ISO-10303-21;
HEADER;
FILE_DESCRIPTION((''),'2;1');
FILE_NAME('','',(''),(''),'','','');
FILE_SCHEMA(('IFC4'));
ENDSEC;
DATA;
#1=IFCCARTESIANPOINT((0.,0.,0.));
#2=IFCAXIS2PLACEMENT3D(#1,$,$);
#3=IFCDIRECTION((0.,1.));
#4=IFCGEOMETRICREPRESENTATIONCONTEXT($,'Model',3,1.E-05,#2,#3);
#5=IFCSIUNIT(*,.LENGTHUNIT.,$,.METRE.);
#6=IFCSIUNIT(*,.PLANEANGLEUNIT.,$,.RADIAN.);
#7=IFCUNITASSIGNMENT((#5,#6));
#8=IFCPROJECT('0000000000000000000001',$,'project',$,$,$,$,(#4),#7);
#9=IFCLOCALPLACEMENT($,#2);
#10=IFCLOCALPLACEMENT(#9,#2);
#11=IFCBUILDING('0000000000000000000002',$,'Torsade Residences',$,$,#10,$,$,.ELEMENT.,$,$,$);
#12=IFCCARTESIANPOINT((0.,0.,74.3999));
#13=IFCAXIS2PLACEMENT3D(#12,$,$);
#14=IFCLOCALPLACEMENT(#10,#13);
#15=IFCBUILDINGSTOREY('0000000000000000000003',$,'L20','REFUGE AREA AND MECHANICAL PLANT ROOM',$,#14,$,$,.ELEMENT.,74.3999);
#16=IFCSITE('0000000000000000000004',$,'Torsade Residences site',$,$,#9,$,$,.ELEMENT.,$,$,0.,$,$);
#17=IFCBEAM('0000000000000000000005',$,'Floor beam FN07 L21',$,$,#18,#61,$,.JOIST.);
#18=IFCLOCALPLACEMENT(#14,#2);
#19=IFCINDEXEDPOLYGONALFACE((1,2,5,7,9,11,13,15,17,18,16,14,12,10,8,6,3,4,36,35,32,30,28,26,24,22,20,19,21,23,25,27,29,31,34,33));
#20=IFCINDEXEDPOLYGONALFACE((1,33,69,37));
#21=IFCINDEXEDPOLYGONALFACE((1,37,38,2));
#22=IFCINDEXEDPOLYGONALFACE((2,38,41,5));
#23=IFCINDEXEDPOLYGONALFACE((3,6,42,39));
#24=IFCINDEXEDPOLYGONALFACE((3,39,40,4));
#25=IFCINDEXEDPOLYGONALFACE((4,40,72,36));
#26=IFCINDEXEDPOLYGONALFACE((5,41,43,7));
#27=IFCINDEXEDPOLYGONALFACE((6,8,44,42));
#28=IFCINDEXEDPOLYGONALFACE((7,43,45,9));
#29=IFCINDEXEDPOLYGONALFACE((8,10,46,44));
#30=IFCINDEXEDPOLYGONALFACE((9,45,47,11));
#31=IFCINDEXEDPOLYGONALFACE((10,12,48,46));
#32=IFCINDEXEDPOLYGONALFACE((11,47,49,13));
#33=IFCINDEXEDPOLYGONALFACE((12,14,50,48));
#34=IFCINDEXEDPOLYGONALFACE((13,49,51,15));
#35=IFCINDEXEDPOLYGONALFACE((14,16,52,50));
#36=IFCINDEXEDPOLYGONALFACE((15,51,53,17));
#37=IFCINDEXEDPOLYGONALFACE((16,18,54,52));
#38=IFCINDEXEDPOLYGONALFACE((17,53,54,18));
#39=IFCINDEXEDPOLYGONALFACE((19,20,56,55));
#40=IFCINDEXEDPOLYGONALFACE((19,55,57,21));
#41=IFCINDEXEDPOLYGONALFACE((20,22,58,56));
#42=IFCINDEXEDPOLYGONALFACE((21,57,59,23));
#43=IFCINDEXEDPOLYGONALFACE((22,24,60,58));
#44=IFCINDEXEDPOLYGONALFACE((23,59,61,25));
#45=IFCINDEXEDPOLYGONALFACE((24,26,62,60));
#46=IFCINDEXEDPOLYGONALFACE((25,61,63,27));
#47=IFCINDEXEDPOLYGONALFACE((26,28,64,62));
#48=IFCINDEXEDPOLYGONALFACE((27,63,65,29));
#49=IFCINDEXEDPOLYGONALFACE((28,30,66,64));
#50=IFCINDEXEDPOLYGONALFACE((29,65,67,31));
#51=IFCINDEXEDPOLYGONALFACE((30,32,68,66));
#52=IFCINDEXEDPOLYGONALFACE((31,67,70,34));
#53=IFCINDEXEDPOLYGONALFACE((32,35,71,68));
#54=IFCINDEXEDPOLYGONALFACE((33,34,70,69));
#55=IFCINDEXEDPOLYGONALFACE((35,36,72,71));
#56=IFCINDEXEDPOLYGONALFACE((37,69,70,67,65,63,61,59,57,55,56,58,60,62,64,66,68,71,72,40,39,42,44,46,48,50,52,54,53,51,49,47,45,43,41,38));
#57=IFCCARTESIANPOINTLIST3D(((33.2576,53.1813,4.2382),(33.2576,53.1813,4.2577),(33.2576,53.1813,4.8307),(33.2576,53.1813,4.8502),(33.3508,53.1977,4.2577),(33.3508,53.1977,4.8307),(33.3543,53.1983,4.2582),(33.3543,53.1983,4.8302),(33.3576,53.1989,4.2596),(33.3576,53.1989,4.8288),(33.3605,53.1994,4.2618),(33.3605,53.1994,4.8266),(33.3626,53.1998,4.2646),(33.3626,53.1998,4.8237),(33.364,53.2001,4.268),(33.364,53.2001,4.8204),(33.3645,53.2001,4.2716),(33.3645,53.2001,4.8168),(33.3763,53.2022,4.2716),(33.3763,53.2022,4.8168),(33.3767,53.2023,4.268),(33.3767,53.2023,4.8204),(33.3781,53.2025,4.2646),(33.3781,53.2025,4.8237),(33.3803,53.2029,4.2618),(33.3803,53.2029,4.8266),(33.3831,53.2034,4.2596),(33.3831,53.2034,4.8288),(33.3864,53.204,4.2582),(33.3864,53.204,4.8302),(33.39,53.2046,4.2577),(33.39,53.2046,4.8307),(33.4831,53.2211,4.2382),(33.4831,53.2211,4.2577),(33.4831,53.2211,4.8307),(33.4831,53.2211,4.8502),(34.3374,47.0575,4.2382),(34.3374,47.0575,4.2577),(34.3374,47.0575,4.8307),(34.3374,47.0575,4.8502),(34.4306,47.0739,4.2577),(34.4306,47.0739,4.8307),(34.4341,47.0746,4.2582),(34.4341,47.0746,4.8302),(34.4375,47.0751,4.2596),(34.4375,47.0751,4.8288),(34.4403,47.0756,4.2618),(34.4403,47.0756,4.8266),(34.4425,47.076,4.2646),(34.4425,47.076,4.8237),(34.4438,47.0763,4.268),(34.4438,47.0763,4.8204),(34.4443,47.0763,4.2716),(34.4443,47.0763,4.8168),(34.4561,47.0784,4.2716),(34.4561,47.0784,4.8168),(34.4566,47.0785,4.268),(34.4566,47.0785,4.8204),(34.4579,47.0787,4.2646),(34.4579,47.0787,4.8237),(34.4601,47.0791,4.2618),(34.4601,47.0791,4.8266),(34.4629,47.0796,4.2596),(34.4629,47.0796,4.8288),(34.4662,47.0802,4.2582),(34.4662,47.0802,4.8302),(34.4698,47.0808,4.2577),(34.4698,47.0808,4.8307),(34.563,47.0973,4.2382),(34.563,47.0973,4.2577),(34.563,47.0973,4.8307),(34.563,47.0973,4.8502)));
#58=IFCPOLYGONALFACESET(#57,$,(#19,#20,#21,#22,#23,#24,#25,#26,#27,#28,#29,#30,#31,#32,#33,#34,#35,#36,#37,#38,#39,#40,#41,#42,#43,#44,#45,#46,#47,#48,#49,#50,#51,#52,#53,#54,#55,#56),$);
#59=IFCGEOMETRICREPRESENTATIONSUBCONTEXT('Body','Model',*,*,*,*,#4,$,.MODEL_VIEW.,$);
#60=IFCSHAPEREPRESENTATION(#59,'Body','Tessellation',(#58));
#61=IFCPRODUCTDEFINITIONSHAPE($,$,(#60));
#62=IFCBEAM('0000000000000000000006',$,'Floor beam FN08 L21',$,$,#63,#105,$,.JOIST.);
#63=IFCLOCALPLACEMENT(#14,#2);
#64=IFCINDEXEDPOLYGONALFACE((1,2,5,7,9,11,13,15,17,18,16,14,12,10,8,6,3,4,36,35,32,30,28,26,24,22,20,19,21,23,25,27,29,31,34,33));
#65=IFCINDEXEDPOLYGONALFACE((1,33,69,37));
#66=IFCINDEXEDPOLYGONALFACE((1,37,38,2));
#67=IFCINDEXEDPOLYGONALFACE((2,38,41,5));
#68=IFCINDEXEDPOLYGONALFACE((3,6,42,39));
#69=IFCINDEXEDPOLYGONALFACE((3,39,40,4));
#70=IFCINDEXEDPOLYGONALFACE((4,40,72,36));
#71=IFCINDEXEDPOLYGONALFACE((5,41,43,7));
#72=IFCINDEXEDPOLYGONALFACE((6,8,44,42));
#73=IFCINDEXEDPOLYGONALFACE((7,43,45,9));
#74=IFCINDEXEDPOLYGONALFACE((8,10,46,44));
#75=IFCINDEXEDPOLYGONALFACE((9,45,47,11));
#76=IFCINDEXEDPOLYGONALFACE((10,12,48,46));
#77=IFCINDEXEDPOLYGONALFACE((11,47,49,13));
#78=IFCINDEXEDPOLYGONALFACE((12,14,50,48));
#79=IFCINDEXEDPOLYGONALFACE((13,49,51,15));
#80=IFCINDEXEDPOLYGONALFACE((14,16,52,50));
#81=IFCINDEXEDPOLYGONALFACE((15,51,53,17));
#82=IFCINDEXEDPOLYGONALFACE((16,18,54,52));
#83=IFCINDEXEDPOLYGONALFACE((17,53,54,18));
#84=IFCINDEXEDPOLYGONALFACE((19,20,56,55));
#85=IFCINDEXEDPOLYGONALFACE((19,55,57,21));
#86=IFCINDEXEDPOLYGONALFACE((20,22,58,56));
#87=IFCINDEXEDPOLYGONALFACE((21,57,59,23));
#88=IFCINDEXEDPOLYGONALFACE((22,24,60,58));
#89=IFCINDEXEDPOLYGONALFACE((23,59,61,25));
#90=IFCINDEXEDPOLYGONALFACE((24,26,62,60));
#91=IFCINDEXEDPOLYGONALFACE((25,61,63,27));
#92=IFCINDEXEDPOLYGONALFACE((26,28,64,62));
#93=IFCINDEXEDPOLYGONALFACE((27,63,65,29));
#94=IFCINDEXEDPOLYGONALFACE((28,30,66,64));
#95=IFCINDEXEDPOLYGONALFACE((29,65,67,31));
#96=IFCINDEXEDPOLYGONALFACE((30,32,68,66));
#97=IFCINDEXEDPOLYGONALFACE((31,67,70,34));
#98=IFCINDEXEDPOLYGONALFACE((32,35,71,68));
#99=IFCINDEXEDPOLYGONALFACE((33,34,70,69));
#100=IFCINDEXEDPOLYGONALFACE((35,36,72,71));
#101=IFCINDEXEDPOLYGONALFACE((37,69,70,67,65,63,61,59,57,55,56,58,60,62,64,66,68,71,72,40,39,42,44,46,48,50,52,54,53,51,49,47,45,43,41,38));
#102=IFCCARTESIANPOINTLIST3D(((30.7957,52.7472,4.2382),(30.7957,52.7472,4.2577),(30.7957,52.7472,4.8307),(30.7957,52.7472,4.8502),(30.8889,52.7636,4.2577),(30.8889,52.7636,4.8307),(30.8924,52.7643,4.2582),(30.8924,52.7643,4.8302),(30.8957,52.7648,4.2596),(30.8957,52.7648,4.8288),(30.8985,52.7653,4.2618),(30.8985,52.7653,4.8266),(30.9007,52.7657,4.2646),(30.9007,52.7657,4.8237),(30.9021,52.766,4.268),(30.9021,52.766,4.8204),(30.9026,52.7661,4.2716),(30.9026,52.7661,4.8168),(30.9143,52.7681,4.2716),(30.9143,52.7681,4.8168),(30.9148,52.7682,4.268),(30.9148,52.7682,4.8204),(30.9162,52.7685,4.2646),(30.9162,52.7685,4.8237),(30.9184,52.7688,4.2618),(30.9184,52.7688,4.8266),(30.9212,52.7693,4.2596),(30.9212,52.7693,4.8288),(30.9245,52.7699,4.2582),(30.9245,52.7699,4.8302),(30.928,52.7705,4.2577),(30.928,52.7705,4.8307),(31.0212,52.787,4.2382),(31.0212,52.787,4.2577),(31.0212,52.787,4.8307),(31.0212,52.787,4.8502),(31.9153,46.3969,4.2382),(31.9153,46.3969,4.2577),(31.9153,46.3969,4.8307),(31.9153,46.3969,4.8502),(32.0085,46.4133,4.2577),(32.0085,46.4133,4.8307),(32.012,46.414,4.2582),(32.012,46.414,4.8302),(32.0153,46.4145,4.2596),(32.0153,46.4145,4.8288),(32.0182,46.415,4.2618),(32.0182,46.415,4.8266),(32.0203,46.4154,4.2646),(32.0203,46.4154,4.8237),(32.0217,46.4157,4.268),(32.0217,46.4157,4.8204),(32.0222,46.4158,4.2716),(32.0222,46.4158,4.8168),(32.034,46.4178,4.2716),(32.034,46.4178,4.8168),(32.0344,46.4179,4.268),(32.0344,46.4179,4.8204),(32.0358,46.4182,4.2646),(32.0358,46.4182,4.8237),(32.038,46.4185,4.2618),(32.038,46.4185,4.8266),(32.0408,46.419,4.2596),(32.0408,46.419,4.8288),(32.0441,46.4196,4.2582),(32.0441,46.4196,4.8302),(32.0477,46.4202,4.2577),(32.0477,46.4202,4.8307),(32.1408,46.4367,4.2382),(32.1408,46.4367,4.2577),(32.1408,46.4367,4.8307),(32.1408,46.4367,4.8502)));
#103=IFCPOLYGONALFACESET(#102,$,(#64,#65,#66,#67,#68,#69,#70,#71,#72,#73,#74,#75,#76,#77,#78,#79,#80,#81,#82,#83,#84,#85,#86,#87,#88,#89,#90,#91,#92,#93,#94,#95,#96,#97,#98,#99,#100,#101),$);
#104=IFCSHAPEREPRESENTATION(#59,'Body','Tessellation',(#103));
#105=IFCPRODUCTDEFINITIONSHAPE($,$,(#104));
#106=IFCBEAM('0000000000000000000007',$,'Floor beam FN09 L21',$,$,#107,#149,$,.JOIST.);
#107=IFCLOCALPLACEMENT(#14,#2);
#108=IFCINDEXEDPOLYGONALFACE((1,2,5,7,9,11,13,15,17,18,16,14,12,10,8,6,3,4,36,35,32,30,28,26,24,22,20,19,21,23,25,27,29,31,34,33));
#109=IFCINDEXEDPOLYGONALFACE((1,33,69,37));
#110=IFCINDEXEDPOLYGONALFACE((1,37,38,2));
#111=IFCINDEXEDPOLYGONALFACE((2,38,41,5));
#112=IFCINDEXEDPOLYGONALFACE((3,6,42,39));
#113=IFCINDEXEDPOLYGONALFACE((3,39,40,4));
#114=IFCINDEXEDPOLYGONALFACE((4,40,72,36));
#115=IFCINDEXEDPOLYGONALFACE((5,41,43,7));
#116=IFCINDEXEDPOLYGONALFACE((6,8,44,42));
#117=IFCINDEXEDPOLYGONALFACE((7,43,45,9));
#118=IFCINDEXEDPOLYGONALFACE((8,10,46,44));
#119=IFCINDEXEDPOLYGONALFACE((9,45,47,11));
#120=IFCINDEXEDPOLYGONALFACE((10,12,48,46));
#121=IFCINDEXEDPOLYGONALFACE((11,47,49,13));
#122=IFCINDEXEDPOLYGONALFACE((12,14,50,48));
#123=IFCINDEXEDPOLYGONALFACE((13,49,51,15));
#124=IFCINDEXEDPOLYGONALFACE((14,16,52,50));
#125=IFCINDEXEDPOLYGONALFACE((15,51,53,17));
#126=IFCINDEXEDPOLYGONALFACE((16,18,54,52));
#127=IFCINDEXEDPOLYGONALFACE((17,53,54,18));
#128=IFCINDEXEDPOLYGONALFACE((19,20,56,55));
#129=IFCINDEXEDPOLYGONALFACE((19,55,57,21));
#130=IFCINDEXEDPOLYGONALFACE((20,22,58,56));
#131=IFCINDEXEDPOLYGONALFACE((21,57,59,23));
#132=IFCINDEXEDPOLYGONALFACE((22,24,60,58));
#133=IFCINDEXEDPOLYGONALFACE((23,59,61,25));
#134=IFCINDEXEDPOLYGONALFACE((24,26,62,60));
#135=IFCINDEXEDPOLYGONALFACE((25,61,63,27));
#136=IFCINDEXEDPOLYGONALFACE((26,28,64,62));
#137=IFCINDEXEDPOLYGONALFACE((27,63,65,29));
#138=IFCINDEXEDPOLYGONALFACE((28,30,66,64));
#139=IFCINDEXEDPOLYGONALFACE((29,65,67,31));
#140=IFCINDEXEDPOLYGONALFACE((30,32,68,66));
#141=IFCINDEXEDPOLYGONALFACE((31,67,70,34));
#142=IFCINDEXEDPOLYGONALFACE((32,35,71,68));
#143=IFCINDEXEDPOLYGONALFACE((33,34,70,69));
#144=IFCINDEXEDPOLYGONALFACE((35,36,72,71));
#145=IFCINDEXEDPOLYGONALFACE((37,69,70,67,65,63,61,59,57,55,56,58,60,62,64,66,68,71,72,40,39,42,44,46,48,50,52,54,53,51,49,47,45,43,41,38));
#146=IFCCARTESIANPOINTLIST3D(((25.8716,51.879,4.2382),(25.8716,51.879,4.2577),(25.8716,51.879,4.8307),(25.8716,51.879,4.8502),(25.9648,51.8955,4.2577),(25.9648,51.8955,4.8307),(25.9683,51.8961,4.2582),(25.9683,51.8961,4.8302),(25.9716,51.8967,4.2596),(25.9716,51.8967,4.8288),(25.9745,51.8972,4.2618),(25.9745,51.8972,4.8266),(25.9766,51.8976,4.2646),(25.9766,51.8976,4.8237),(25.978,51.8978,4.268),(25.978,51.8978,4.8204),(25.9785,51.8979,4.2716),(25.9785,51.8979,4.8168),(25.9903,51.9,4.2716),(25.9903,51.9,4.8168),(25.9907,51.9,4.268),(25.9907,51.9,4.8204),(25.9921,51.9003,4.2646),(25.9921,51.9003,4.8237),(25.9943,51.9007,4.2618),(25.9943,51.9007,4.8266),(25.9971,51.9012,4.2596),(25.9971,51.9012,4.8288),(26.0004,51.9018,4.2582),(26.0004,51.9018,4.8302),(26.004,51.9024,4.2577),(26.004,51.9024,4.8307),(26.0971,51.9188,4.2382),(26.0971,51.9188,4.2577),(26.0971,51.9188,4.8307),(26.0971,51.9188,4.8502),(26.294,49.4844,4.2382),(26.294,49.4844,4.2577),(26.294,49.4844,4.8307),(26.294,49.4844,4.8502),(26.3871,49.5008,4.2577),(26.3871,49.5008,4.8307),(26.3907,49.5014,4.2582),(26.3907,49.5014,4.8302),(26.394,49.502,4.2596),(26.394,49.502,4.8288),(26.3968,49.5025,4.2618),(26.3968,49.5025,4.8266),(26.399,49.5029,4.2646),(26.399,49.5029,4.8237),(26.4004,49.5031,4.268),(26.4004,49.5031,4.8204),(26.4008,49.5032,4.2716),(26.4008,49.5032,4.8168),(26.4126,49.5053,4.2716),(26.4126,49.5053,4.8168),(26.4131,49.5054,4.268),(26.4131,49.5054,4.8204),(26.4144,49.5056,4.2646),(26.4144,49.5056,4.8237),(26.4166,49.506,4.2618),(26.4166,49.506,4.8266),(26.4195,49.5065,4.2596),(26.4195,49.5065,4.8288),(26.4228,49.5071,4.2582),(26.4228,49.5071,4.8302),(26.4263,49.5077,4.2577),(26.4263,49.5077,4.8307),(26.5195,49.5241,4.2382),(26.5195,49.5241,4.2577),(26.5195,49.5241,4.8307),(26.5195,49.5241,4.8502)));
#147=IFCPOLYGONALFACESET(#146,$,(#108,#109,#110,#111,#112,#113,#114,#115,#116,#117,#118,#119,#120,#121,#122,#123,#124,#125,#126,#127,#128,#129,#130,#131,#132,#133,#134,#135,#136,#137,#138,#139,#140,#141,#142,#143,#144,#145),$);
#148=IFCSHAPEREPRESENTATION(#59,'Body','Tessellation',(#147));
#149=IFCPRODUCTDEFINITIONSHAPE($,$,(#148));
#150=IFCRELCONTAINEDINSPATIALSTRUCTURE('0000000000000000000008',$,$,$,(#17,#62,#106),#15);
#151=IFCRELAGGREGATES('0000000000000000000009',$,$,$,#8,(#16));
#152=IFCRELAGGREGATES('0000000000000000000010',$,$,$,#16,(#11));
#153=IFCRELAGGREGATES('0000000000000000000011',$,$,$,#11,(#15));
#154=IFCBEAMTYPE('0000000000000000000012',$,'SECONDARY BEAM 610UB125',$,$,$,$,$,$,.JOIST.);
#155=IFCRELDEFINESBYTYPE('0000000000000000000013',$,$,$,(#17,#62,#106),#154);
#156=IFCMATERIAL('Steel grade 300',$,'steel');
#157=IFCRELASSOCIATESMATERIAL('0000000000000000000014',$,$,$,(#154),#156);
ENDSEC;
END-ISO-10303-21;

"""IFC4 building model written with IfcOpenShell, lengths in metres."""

from ifc_helpers import new_model, si_unit, direction, frame, origin, origin_2d, place, context, subcontext, project, spatial, i_section, extrude, material, material_profile, profile_set, type_object, element, save


model = new_model("IFC4")

# Units and contexts
model_context = context("Model", 3, precision=1e-05, world=origin(), true_north=direction((0.0, 1.0)))
body_context = subcontext(model_context, "Body", "Model", "MODEL_VIEW")
ifc_project = project(units=[si_unit("LENGTHUNIT", "METRE"), si_unit("PLANEANGLEUNIT", "RADIAN")], contexts=[model_context])

# Site, building, storey
site_placement = place(None, origin())
site = spatial("IfcSite", under=ifc_project, at=site_placement, Name="Torsade Residences site", CompositionType="ELEMENT", RefElevation=0.0)
building_placement = place(site_placement, origin())
building = spatial("IfcBuilding", under=site, at=building_placement, Name="Torsade Residences", CompositionType="ELEMENT")
storey_placement = place(building_placement, frame((0.0, 0.0, 74.3999)))
storey = spatial("IfcBuildingStorey", under=building, at=storey_placement, Name="L20", Description="REFUGE AREA AND MECHANICAL PLANT ROOM", CompositionType="ELEMENT", Elevation=74.3999)

# Beams
ifc_material_1 = material(Name="Steel grade 300", Category="steel")
ifc_material_profile_1 = material_profile(ifc_material_1, i_section(OverallWidth=0.229, OverallDepth=0.6121, WebThickness=0.012, FlangeThickness=0.0195, FilletRadius=0.0139, at=origin_2d()), Name="610UB125")
ifc_profile_set_1 = profile_set([ifc_material_profile_1], Name="Steel grade 300")
beam_type_1 = type_object("IfcBeamType", Name="SECONDARY BEAM 610UB125", PredefinedType="JOIST", material=ifc_profile_set_1)
beam_1_placement = place(storey_placement, frame((33.3704, 53.2012, 4.5442), z_axis=(0.173655, -0.984806, 0.0), x_axis=(0.984806, 0.173655, 0.0)))
element("IfcBeam", 1, at=beam_1_placement, inside=storey, type_object=beam_type_1, Name="Floor beam FN07 L21", PredefinedType="JOIST", context=body_context, shape_type="SweptSolid", body=[
    extrude(i_section(OverallWidth=0.229, OverallDepth=0.6121, WebThickness=0.012, FlangeThickness=0.0195, FilletRadius=0.0139, at=origin_2d()), origin(), (0.0, 0.0, 1.0), 6.2183),
])
beam_2_placement = place(storey_placement, frame((30.9084, 52.7671, 4.5442), z_axis=(0.173632, -0.984811, 0.0), x_axis=(0.984811, 0.173632, 0.0)))
element("IfcBeam", 2, at=beam_2_placement, inside=storey, type_object=beam_type_1, Name="Floor beam FN08 L21", PredefinedType="JOIST", context=body_context, shape_type="SweptSolid", body=[
    extrude(i_section(OverallWidth=0.229, OverallDepth=0.6121, WebThickness=0.012, FlangeThickness=0.0195, FilletRadius=0.0139, at=origin_2d()), origin(), (0.0, 0.0, 1.0), 6.4482),
])
beam_3_placement = place(storey_placement, frame((25.9844, 51.8989, 4.5442), z_axis=(0.173688, -0.984801, 0.0), x_axis=(0.984801, 0.173688, 0.0)))
element("IfcBeam", 3, at=beam_3_placement, inside=storey, type_object=beam_type_1, Name="Floor beam FN09 L21", PredefinedType="JOIST", context=body_context, shape_type="SweptSolid", body=[
    extrude(i_section(OverallWidth=0.229, OverallDepth=0.6121, WebThickness=0.012, FlangeThickness=0.0195, FilletRadius=0.0139, at=origin_2d()), origin(), (0.0, 0.0, 1.0), 2.4316),
])

save(model, "model.ifc")
